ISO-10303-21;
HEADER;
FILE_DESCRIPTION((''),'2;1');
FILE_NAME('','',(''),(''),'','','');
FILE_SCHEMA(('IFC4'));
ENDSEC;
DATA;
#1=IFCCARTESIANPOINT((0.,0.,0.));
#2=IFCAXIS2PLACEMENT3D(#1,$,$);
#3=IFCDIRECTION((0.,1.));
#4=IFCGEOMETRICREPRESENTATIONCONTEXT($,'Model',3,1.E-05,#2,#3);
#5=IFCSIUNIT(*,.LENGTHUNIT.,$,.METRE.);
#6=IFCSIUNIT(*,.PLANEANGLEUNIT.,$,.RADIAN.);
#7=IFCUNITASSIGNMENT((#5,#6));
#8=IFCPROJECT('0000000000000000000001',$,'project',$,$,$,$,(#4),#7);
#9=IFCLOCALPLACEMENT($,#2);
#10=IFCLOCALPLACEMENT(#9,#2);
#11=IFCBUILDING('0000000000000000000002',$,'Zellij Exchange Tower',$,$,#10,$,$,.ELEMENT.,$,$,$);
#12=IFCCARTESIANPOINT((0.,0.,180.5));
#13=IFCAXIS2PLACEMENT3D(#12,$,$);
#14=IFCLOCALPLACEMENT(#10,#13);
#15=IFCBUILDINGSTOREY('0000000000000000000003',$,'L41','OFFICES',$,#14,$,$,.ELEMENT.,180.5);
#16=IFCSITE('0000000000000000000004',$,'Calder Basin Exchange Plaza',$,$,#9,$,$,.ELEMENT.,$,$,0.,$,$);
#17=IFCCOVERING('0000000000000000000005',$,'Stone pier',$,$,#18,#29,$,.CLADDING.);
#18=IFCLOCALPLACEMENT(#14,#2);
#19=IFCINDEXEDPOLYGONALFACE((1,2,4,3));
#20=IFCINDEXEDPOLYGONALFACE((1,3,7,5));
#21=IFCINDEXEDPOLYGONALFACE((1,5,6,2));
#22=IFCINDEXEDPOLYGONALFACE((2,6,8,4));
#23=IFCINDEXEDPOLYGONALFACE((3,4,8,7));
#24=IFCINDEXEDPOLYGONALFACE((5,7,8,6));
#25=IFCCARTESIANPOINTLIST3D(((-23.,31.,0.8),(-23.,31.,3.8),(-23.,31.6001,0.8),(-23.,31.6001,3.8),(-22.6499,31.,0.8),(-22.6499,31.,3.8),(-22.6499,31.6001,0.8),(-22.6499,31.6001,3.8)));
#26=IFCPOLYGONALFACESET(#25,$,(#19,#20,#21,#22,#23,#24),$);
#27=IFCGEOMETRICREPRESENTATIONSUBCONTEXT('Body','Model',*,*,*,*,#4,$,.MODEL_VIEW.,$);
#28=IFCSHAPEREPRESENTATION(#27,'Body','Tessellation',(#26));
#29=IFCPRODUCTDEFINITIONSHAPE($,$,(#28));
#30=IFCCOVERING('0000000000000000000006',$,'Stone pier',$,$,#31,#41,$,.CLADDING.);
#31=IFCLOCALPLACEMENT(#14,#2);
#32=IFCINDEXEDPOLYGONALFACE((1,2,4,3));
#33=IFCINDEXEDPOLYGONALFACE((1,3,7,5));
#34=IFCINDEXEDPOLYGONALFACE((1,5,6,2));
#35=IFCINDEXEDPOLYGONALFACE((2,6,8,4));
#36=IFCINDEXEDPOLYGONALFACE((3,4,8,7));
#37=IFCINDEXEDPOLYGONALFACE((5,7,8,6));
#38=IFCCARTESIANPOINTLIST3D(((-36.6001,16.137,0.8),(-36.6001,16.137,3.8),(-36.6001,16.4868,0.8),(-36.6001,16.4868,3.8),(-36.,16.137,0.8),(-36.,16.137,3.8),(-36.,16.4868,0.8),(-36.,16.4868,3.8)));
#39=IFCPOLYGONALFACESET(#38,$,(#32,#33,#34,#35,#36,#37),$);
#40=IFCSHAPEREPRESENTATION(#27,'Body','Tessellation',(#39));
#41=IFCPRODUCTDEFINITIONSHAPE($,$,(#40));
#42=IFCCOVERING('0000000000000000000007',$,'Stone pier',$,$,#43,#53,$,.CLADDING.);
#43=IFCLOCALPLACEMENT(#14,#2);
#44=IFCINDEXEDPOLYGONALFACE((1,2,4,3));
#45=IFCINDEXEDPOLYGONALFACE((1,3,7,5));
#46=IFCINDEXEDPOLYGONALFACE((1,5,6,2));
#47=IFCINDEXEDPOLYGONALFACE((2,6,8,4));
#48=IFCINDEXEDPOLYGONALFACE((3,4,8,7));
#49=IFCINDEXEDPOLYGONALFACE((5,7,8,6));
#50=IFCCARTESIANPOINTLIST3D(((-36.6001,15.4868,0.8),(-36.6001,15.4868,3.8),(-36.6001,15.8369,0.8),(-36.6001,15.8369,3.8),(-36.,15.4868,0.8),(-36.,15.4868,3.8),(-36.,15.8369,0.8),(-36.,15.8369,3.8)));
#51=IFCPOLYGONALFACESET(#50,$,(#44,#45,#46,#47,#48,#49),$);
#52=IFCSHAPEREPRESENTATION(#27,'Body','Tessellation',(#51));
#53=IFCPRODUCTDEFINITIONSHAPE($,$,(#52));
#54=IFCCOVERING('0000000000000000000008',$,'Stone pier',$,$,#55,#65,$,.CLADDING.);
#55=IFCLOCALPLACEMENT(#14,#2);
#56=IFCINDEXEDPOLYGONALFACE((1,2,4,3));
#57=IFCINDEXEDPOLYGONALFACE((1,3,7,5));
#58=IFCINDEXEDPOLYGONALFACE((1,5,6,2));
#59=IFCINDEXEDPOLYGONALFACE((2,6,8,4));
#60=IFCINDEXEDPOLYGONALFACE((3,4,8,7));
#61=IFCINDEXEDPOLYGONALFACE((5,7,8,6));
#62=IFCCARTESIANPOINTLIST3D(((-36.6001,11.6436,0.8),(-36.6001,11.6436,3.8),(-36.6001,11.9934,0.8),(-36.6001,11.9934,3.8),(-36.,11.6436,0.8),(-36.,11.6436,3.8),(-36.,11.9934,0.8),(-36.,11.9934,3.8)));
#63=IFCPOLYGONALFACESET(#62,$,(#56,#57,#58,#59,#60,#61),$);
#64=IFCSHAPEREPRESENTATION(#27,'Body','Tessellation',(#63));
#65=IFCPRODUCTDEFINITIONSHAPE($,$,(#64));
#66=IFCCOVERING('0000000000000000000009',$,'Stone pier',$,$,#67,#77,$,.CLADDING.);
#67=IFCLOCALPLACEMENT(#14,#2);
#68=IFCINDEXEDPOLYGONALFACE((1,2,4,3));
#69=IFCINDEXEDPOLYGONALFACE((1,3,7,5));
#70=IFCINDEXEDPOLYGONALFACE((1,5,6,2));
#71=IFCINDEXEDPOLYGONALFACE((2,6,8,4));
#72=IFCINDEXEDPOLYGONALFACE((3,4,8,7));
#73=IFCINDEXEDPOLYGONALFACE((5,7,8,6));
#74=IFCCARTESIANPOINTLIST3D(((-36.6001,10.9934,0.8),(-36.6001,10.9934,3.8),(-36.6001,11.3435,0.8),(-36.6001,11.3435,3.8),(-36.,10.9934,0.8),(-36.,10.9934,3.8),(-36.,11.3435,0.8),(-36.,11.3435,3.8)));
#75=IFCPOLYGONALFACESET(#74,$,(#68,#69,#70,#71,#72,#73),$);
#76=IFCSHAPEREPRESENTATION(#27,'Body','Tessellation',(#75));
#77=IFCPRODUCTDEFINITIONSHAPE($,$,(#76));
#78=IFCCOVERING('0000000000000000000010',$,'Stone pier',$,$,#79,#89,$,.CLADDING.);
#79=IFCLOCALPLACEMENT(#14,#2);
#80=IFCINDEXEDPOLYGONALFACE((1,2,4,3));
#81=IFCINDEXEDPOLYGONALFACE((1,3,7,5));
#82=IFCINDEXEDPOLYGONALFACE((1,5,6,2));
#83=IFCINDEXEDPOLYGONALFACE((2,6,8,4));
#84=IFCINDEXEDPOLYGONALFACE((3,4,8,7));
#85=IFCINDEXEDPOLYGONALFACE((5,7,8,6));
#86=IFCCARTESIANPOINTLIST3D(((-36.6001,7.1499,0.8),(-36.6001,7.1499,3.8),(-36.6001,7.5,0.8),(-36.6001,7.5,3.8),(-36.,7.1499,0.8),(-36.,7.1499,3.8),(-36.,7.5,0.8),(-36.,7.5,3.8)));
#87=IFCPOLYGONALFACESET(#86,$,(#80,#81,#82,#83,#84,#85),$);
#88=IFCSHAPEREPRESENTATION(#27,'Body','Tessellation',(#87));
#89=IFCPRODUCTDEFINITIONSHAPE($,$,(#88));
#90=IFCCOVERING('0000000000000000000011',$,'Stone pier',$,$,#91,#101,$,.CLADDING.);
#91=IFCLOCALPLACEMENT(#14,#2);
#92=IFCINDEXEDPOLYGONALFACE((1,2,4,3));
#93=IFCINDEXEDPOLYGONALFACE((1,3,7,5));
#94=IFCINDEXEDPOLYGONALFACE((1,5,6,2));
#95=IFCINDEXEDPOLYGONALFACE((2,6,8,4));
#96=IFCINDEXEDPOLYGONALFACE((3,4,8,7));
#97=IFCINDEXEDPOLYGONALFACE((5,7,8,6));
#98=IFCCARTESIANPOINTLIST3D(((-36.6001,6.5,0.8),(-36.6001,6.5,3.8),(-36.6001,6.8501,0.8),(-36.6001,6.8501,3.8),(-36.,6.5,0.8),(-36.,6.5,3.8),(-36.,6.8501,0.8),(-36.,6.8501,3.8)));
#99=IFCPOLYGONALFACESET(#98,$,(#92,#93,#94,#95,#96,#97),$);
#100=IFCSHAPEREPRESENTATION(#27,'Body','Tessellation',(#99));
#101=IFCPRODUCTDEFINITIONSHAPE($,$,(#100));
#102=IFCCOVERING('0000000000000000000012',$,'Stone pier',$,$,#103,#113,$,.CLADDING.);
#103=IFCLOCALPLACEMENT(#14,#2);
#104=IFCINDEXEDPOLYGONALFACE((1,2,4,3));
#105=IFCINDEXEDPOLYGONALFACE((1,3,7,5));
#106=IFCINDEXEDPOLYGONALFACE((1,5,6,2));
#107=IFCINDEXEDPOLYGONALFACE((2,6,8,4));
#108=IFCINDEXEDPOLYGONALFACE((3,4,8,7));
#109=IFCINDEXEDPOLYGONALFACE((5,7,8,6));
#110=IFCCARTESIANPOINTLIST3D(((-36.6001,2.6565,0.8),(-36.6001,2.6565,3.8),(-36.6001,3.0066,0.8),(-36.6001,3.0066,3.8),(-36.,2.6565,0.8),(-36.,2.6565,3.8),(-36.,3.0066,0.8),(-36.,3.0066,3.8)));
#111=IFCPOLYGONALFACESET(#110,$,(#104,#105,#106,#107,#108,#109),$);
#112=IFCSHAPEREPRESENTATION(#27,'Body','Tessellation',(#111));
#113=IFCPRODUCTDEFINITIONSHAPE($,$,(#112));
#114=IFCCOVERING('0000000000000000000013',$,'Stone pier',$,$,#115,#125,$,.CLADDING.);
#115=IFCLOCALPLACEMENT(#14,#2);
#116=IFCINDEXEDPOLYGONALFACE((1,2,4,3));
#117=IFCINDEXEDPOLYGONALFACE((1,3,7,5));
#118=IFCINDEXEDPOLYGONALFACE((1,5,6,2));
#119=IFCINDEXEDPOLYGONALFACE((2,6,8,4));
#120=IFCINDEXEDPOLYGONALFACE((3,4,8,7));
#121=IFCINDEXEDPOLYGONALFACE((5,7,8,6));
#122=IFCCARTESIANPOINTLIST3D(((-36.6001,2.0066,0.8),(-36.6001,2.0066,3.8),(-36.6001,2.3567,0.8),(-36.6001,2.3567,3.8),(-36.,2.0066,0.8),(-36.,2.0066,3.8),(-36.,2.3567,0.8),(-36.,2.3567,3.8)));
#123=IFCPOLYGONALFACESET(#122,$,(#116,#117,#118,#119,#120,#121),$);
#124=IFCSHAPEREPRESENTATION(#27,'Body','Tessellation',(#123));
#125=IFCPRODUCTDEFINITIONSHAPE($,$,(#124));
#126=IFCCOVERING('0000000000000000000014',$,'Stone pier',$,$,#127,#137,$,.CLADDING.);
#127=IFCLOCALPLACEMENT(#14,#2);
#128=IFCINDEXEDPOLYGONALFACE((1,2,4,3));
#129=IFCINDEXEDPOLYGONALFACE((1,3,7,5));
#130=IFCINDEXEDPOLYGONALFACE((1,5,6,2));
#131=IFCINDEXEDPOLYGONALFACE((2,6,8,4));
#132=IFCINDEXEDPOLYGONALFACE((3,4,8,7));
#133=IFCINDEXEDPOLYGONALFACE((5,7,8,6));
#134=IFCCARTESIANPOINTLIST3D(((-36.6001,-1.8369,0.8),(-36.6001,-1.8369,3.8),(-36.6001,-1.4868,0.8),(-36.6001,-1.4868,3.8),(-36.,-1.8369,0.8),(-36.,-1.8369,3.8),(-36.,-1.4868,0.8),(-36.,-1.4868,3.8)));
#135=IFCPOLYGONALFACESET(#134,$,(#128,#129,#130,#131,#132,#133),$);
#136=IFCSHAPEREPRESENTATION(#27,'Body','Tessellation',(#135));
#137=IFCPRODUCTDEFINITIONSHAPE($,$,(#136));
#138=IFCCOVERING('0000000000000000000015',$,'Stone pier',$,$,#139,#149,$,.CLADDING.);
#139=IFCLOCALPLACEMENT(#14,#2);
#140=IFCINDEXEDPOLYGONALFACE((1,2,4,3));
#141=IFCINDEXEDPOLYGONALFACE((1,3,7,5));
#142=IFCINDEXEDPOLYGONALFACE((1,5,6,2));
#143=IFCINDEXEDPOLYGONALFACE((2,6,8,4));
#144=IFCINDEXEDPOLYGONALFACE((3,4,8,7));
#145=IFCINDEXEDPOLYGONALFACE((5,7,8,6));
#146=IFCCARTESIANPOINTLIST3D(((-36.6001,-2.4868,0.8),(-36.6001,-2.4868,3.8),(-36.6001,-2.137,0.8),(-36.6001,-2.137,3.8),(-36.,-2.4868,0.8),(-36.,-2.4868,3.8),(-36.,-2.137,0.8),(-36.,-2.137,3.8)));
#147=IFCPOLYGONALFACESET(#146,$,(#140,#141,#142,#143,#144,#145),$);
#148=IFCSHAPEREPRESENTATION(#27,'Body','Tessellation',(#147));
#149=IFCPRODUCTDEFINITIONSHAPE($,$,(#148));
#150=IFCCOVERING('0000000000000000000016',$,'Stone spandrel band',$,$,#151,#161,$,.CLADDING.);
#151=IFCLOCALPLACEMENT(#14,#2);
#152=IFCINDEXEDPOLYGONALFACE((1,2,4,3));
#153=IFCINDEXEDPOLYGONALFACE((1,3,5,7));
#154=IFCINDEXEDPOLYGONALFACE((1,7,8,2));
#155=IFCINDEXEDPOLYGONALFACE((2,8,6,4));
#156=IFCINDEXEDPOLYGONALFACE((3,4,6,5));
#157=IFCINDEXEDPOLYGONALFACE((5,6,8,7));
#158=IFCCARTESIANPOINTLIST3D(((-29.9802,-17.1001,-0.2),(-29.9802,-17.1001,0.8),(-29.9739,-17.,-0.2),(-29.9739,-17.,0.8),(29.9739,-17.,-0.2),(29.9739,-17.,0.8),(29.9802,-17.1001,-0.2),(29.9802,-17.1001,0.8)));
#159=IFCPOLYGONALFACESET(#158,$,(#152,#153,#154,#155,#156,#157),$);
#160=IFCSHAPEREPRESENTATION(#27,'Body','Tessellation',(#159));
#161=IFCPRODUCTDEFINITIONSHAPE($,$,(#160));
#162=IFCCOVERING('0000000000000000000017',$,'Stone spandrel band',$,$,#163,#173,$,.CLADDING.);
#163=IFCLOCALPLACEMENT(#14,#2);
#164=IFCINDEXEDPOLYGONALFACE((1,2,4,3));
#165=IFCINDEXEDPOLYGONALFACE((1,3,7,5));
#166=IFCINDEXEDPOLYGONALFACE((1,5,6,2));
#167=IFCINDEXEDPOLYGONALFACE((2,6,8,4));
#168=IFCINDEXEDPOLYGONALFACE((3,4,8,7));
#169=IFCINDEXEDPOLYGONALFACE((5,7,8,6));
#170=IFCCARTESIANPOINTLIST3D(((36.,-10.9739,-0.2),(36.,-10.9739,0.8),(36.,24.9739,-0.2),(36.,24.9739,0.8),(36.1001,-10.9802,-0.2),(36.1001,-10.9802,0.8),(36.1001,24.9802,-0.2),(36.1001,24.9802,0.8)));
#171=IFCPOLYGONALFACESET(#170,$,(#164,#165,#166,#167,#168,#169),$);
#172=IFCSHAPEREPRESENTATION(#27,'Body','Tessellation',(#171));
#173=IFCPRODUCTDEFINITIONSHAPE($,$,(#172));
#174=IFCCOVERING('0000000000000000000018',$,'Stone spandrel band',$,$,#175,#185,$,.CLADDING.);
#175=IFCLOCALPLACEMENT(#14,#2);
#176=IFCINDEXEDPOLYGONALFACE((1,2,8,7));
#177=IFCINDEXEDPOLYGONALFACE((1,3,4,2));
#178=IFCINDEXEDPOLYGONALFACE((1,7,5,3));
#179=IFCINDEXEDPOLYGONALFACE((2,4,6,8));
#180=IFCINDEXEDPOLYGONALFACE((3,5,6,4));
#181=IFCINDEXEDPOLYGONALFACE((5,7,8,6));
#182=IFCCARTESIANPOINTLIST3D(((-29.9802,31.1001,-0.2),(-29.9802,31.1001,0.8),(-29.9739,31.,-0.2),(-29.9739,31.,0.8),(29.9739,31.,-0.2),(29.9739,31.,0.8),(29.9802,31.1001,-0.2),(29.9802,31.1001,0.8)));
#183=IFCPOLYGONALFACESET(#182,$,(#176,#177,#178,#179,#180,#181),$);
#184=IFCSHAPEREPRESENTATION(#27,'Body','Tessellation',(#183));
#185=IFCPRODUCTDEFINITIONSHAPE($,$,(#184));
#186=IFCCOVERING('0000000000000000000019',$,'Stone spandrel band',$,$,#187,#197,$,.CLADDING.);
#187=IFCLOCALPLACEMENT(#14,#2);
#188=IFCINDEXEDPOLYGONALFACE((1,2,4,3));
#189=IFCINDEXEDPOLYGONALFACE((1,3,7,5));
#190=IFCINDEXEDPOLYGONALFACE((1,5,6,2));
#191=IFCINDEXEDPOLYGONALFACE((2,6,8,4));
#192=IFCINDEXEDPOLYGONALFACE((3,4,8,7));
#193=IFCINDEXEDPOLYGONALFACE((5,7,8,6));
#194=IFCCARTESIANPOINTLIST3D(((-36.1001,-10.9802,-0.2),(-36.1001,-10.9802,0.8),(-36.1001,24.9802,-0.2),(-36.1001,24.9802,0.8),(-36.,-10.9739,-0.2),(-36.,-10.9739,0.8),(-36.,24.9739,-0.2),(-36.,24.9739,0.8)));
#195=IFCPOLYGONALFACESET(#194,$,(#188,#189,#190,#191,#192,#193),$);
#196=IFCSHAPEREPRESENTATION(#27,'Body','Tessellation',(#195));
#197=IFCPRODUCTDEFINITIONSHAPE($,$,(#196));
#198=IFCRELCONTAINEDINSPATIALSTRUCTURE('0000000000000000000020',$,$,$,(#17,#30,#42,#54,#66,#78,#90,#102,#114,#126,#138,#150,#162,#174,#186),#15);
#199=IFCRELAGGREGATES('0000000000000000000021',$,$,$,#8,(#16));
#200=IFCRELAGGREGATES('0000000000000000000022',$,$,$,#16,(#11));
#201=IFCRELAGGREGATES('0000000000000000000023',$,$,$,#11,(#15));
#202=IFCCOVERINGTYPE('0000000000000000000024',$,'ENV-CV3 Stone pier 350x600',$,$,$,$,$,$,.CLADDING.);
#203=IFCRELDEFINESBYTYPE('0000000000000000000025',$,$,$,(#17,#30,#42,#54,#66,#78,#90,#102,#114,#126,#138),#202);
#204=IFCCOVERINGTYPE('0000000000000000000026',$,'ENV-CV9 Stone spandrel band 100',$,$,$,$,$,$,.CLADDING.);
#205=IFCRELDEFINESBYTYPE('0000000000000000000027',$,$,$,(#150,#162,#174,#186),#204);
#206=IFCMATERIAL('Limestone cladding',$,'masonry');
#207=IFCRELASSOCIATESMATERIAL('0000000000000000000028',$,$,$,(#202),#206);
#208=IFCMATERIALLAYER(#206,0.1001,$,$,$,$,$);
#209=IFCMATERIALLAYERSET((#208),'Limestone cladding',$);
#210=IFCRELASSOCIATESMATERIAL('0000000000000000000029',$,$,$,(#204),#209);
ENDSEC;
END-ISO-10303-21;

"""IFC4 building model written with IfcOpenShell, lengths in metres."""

from ifc_helpers import new_model, si_unit, direction, frame, origin, place, context, subcontext, project, spatial, polyline, outline, extrude, material, layer, layer_set, type_object, element, save


model = new_model("IFC4")

# Units and contexts
model_context = context("Model", 3, precision=1e-05, world=origin(), true_north=direction((0.0, 1.0)))
body_context = subcontext(model_context, "Body", "Model", "MODEL_VIEW")
ifc_project = project(units=[si_unit("LENGTHUNIT", "METRE"), si_unit("PLANEANGLEUNIT", "RADIAN")], contexts=[model_context])

# Site, building, storey
site_placement = place(None, origin())
site = spatial("IfcSite", under=ifc_project, at=site_placement, Name="Calder Basin Exchange Plaza", CompositionType="ELEMENT", RefElevation=0.0)
building_placement = place(site_placement, origin())
building = spatial("IfcBuilding", under=site, at=building_placement, Name="Zellij Exchange Tower", CompositionType="ELEMENT")
storey_placement = place(building_placement, frame((0.0, 0.0, 180.5)))
storey = spatial("IfcBuildingStorey", under=building, at=storey_placement, Name="L41", Description="OFFICES", CompositionType="ELEMENT", Elevation=180.5)

# Coverings
ifc_material_1 = material(Name="Limestone cladding", Category="masonry")
covering_type_1 = type_object("IfcCoveringType", Name="ENV-CV3 Stone pier 350x600", PredefinedType="CLADDING", material=ifc_material_1)
covering_1_placement = place(storey_placement, frame((0.0, 0.0, 0.8)))
element("IfcCovering", 1, at=covering_1_placement, inside=storey, type_object=covering_type_1, Name="Stone pier", PredefinedType="CLADDING", context=body_context, shape_type="SweptSolid", body=[
    extrude(outline(polyline([(-22.6499, 31.0), (-23.0, 31.0), (-23.0, 31.6001), (-22.6499, 31.6001), (-22.6499, 31.0)])), origin(), (0.0, 0.0, 1.0), 3.0),
])
covering_2_placement = place(storey_placement, frame((0.0, 0.0, 0.8)))
element("IfcCovering", 2, at=covering_2_placement, inside=storey, type_object=covering_type_1, Name="Stone pier", PredefinedType="CLADDING", context=body_context, shape_type="SweptSolid", body=[
    extrude(outline(polyline([(-36.0, 16.4868), (-36.0, 16.137), (-36.6001, 16.137), (-36.6001, 16.4868), (-36.0, 16.4868)])), origin(), (0.0, 0.0, 1.0), 3.0),
])
covering_3_placement = place(storey_placement, frame((0.0, 0.0, 0.8)))
element("IfcCovering", 3, at=covering_3_placement, inside=storey, type_object=covering_type_1, Name="Stone pier", PredefinedType="CLADDING", context=body_context, shape_type="SweptSolid", body=[
    extrude(outline(polyline([(-36.0, 15.8369), (-36.0, 15.4868), (-36.6001, 15.4868), (-36.6001, 15.8369), (-36.0, 15.8369)])), origin(), (0.0, 0.0, 1.0), 3.0),
])
covering_4_placement = place(storey_placement, frame((0.0, 0.0, 0.8)))
element("IfcCovering", 4, at=covering_4_placement, inside=storey, type_object=covering_type_1, Name="Stone pier", PredefinedType="CLADDING", context=body_context, shape_type="SweptSolid", body=[
    extrude(outline(polyline([(-36.0, 11.9934), (-36.0, 11.6436), (-36.6001, 11.6436), (-36.6001, 11.9934), (-36.0, 11.9934)])), origin(), (0.0, 0.0, 1.0), 3.0),
])
covering_5_placement = place(storey_placement, frame((0.0, 0.0, 0.8)))
element("IfcCovering", 5, at=covering_5_placement, inside=storey, type_object=covering_type_1, Name="Stone pier", PredefinedType="CLADDING", context=body_context, shape_type="SweptSolid", body=[
    extrude(outline(polyline([(-36.0, 11.3435), (-36.0, 10.9934), (-36.6001, 10.9934), (-36.6001, 11.3435), (-36.0, 11.3435)])), origin(), (0.0, 0.0, 1.0), 3.0),
])
covering_6_placement = place(storey_placement, frame((0.0, 0.0, 0.8)))
element("IfcCovering", 6, at=covering_6_placement, inside=storey, type_object=covering_type_1, Name="Stone pier", PredefinedType="CLADDING", context=body_context, shape_type="SweptSolid", body=[
    extrude(outline(polyline([(-36.0, 7.5), (-36.0, 7.1499), (-36.6001, 7.1499), (-36.6001, 7.5), (-36.0, 7.5)])), origin(), (0.0, 0.0, 1.0), 3.0),
])
covering_7_placement = place(storey_placement, frame((0.0, 0.0, 0.8)))
element("IfcCovering", 7, at=covering_7_placement, inside=storey, type_object=covering_type_1, Name="Stone pier", PredefinedType="CLADDING", context=body_context, shape_type="SweptSolid", body=[
    extrude(outline(polyline([(-36.0, 6.8501), (-36.0, 6.5), (-36.6001, 6.5), (-36.6001, 6.8501), (-36.0, 6.8501)])), origin(), (0.0, 0.0, 1.0), 3.0),
])
covering_8_placement = place(storey_placement, frame((0.0, 0.0, 0.8)))
element("IfcCovering", 8, at=covering_8_placement, inside=storey, type_object=covering_type_1, Name="Stone pier", PredefinedType="CLADDING", context=body_context, shape_type="SweptSolid", body=[
    extrude(outline(polyline([(-36.0, 3.0066), (-36.0, 2.6565), (-36.6001, 2.6565), (-36.6001, 3.0066), (-36.0, 3.0066)])), origin(), (0.0, 0.0, 1.0), 3.0),
])
covering_9_placement = place(storey_placement, frame((0.0, 0.0, 0.8)))
element("IfcCovering", 9, at=covering_9_placement, inside=storey, type_object=covering_type_1, Name="Stone pier", PredefinedType="CLADDING", context=body_context, shape_type="SweptSolid", body=[
    extrude(outline(polyline([(-36.0, 2.3567), (-36.0, 2.0066), (-36.6001, 2.0066), (-36.6001, 2.3567), (-36.0, 2.3567)])), origin(), (0.0, 0.0, 1.0), 3.0),
])
covering_10_placement = place(storey_placement, frame((0.0, 0.0, 0.8)))
element("IfcCovering", 10, at=covering_10_placement, inside=storey, type_object=covering_type_1, Name="Stone pier", PredefinedType="CLADDING", context=body_context, shape_type="SweptSolid", body=[
    extrude(outline(polyline([(-36.0, -1.4868), (-36.0, -1.8369), (-36.6001, -1.8369), (-36.6001, -1.4868), (-36.0, -1.4868)])), origin(), (0.0, 0.0, 1.0), 3.0),
])
covering_11_placement = place(storey_placement, frame((0.0, 0.0, 0.8)))
element("IfcCovering", 11, at=covering_11_placement, inside=storey, type_object=covering_type_1, Name="Stone pier", PredefinedType="CLADDING", context=body_context, shape_type="SweptSolid", body=[
    extrude(outline(polyline([(-36.0, -2.137), (-36.0, -2.4868), (-36.6001, -2.4868), (-36.6001, -2.137), (-36.0, -2.137)])), origin(), (0.0, 0.0, 1.0), 3.0),
])
ifc_layer_1 = layer(ifc_material_1, 0.1001)
ifc_layer_set_1 = layer_set([ifc_layer_1], Name="Limestone cladding")
covering_type_2 = type_object("IfcCoveringType", Name="ENV-CV9 Stone spandrel band 100", PredefinedType="CLADDING", material=ifc_layer_set_1)
covering_12_placement = place(storey_placement, frame((0.0, 0.0, -0.2)))
element("IfcCovering", 12, at=covering_12_placement, inside=storey, type_object=covering_type_2, Name="Stone spandrel band", PredefinedType="CLADDING", context=body_context, shape_type="SweptSolid", body=[
    extrude(outline(polyline([(-29.9739, -17.0), (29.9739, -17.0), (29.9802, -17.1001), (-29.9802, -17.1001), (-29.9739, -17.0)])), origin(), (0.0, 0.0, 1.0), 1.0),
])
covering_13_placement = place(storey_placement, frame((0.0, 0.0, -0.2)))
element("IfcCovering", 13, at=covering_13_placement, inside=storey, type_object=covering_type_2, Name="Stone spandrel band", PredefinedType="CLADDING", context=body_context, shape_type="SweptSolid", body=[
    extrude(outline(polyline([(36.0, -10.9739), (36.0, 24.9739), (36.1001, 24.9802), (36.1001, -10.9802), (36.0, -10.9739)])), origin(), (0.0, 0.0, 1.0), 1.0),
])
covering_14_placement = place(storey_placement, frame((0.0, 0.0, -0.2)))
element("IfcCovering", 14, at=covering_14_placement, inside=storey, type_object=covering_type_2, Name="Stone spandrel band", PredefinedType="CLADDING", context=body_context, shape_type="SweptSolid", body=[
    extrude(outline(polyline([(29.9739, 31.0), (-29.9739, 31.0), (-29.9802, 31.1001), (29.9802, 31.1001), (29.9739, 31.0)])), origin(), (0.0, 0.0, 1.0), 1.0),
])
covering_15_placement = place(storey_placement, frame((0.0, 0.0, -0.2)))
element("IfcCovering", 15, at=covering_15_placement, inside=storey, type_object=covering_type_2, Name="Stone spandrel band", PredefinedType="CLADDING", context=body_context, shape_type="SweptSolid", body=[
    extrude(outline(polyline([(-36.0, 24.9739), (-36.0, -10.9739), (-36.1001, -10.9802), (-36.1001, 24.9802), (-36.0, 24.9739)])), origin(), (0.0, 0.0, 1.0), 1.0),
])

save(model, "model.ifc")
